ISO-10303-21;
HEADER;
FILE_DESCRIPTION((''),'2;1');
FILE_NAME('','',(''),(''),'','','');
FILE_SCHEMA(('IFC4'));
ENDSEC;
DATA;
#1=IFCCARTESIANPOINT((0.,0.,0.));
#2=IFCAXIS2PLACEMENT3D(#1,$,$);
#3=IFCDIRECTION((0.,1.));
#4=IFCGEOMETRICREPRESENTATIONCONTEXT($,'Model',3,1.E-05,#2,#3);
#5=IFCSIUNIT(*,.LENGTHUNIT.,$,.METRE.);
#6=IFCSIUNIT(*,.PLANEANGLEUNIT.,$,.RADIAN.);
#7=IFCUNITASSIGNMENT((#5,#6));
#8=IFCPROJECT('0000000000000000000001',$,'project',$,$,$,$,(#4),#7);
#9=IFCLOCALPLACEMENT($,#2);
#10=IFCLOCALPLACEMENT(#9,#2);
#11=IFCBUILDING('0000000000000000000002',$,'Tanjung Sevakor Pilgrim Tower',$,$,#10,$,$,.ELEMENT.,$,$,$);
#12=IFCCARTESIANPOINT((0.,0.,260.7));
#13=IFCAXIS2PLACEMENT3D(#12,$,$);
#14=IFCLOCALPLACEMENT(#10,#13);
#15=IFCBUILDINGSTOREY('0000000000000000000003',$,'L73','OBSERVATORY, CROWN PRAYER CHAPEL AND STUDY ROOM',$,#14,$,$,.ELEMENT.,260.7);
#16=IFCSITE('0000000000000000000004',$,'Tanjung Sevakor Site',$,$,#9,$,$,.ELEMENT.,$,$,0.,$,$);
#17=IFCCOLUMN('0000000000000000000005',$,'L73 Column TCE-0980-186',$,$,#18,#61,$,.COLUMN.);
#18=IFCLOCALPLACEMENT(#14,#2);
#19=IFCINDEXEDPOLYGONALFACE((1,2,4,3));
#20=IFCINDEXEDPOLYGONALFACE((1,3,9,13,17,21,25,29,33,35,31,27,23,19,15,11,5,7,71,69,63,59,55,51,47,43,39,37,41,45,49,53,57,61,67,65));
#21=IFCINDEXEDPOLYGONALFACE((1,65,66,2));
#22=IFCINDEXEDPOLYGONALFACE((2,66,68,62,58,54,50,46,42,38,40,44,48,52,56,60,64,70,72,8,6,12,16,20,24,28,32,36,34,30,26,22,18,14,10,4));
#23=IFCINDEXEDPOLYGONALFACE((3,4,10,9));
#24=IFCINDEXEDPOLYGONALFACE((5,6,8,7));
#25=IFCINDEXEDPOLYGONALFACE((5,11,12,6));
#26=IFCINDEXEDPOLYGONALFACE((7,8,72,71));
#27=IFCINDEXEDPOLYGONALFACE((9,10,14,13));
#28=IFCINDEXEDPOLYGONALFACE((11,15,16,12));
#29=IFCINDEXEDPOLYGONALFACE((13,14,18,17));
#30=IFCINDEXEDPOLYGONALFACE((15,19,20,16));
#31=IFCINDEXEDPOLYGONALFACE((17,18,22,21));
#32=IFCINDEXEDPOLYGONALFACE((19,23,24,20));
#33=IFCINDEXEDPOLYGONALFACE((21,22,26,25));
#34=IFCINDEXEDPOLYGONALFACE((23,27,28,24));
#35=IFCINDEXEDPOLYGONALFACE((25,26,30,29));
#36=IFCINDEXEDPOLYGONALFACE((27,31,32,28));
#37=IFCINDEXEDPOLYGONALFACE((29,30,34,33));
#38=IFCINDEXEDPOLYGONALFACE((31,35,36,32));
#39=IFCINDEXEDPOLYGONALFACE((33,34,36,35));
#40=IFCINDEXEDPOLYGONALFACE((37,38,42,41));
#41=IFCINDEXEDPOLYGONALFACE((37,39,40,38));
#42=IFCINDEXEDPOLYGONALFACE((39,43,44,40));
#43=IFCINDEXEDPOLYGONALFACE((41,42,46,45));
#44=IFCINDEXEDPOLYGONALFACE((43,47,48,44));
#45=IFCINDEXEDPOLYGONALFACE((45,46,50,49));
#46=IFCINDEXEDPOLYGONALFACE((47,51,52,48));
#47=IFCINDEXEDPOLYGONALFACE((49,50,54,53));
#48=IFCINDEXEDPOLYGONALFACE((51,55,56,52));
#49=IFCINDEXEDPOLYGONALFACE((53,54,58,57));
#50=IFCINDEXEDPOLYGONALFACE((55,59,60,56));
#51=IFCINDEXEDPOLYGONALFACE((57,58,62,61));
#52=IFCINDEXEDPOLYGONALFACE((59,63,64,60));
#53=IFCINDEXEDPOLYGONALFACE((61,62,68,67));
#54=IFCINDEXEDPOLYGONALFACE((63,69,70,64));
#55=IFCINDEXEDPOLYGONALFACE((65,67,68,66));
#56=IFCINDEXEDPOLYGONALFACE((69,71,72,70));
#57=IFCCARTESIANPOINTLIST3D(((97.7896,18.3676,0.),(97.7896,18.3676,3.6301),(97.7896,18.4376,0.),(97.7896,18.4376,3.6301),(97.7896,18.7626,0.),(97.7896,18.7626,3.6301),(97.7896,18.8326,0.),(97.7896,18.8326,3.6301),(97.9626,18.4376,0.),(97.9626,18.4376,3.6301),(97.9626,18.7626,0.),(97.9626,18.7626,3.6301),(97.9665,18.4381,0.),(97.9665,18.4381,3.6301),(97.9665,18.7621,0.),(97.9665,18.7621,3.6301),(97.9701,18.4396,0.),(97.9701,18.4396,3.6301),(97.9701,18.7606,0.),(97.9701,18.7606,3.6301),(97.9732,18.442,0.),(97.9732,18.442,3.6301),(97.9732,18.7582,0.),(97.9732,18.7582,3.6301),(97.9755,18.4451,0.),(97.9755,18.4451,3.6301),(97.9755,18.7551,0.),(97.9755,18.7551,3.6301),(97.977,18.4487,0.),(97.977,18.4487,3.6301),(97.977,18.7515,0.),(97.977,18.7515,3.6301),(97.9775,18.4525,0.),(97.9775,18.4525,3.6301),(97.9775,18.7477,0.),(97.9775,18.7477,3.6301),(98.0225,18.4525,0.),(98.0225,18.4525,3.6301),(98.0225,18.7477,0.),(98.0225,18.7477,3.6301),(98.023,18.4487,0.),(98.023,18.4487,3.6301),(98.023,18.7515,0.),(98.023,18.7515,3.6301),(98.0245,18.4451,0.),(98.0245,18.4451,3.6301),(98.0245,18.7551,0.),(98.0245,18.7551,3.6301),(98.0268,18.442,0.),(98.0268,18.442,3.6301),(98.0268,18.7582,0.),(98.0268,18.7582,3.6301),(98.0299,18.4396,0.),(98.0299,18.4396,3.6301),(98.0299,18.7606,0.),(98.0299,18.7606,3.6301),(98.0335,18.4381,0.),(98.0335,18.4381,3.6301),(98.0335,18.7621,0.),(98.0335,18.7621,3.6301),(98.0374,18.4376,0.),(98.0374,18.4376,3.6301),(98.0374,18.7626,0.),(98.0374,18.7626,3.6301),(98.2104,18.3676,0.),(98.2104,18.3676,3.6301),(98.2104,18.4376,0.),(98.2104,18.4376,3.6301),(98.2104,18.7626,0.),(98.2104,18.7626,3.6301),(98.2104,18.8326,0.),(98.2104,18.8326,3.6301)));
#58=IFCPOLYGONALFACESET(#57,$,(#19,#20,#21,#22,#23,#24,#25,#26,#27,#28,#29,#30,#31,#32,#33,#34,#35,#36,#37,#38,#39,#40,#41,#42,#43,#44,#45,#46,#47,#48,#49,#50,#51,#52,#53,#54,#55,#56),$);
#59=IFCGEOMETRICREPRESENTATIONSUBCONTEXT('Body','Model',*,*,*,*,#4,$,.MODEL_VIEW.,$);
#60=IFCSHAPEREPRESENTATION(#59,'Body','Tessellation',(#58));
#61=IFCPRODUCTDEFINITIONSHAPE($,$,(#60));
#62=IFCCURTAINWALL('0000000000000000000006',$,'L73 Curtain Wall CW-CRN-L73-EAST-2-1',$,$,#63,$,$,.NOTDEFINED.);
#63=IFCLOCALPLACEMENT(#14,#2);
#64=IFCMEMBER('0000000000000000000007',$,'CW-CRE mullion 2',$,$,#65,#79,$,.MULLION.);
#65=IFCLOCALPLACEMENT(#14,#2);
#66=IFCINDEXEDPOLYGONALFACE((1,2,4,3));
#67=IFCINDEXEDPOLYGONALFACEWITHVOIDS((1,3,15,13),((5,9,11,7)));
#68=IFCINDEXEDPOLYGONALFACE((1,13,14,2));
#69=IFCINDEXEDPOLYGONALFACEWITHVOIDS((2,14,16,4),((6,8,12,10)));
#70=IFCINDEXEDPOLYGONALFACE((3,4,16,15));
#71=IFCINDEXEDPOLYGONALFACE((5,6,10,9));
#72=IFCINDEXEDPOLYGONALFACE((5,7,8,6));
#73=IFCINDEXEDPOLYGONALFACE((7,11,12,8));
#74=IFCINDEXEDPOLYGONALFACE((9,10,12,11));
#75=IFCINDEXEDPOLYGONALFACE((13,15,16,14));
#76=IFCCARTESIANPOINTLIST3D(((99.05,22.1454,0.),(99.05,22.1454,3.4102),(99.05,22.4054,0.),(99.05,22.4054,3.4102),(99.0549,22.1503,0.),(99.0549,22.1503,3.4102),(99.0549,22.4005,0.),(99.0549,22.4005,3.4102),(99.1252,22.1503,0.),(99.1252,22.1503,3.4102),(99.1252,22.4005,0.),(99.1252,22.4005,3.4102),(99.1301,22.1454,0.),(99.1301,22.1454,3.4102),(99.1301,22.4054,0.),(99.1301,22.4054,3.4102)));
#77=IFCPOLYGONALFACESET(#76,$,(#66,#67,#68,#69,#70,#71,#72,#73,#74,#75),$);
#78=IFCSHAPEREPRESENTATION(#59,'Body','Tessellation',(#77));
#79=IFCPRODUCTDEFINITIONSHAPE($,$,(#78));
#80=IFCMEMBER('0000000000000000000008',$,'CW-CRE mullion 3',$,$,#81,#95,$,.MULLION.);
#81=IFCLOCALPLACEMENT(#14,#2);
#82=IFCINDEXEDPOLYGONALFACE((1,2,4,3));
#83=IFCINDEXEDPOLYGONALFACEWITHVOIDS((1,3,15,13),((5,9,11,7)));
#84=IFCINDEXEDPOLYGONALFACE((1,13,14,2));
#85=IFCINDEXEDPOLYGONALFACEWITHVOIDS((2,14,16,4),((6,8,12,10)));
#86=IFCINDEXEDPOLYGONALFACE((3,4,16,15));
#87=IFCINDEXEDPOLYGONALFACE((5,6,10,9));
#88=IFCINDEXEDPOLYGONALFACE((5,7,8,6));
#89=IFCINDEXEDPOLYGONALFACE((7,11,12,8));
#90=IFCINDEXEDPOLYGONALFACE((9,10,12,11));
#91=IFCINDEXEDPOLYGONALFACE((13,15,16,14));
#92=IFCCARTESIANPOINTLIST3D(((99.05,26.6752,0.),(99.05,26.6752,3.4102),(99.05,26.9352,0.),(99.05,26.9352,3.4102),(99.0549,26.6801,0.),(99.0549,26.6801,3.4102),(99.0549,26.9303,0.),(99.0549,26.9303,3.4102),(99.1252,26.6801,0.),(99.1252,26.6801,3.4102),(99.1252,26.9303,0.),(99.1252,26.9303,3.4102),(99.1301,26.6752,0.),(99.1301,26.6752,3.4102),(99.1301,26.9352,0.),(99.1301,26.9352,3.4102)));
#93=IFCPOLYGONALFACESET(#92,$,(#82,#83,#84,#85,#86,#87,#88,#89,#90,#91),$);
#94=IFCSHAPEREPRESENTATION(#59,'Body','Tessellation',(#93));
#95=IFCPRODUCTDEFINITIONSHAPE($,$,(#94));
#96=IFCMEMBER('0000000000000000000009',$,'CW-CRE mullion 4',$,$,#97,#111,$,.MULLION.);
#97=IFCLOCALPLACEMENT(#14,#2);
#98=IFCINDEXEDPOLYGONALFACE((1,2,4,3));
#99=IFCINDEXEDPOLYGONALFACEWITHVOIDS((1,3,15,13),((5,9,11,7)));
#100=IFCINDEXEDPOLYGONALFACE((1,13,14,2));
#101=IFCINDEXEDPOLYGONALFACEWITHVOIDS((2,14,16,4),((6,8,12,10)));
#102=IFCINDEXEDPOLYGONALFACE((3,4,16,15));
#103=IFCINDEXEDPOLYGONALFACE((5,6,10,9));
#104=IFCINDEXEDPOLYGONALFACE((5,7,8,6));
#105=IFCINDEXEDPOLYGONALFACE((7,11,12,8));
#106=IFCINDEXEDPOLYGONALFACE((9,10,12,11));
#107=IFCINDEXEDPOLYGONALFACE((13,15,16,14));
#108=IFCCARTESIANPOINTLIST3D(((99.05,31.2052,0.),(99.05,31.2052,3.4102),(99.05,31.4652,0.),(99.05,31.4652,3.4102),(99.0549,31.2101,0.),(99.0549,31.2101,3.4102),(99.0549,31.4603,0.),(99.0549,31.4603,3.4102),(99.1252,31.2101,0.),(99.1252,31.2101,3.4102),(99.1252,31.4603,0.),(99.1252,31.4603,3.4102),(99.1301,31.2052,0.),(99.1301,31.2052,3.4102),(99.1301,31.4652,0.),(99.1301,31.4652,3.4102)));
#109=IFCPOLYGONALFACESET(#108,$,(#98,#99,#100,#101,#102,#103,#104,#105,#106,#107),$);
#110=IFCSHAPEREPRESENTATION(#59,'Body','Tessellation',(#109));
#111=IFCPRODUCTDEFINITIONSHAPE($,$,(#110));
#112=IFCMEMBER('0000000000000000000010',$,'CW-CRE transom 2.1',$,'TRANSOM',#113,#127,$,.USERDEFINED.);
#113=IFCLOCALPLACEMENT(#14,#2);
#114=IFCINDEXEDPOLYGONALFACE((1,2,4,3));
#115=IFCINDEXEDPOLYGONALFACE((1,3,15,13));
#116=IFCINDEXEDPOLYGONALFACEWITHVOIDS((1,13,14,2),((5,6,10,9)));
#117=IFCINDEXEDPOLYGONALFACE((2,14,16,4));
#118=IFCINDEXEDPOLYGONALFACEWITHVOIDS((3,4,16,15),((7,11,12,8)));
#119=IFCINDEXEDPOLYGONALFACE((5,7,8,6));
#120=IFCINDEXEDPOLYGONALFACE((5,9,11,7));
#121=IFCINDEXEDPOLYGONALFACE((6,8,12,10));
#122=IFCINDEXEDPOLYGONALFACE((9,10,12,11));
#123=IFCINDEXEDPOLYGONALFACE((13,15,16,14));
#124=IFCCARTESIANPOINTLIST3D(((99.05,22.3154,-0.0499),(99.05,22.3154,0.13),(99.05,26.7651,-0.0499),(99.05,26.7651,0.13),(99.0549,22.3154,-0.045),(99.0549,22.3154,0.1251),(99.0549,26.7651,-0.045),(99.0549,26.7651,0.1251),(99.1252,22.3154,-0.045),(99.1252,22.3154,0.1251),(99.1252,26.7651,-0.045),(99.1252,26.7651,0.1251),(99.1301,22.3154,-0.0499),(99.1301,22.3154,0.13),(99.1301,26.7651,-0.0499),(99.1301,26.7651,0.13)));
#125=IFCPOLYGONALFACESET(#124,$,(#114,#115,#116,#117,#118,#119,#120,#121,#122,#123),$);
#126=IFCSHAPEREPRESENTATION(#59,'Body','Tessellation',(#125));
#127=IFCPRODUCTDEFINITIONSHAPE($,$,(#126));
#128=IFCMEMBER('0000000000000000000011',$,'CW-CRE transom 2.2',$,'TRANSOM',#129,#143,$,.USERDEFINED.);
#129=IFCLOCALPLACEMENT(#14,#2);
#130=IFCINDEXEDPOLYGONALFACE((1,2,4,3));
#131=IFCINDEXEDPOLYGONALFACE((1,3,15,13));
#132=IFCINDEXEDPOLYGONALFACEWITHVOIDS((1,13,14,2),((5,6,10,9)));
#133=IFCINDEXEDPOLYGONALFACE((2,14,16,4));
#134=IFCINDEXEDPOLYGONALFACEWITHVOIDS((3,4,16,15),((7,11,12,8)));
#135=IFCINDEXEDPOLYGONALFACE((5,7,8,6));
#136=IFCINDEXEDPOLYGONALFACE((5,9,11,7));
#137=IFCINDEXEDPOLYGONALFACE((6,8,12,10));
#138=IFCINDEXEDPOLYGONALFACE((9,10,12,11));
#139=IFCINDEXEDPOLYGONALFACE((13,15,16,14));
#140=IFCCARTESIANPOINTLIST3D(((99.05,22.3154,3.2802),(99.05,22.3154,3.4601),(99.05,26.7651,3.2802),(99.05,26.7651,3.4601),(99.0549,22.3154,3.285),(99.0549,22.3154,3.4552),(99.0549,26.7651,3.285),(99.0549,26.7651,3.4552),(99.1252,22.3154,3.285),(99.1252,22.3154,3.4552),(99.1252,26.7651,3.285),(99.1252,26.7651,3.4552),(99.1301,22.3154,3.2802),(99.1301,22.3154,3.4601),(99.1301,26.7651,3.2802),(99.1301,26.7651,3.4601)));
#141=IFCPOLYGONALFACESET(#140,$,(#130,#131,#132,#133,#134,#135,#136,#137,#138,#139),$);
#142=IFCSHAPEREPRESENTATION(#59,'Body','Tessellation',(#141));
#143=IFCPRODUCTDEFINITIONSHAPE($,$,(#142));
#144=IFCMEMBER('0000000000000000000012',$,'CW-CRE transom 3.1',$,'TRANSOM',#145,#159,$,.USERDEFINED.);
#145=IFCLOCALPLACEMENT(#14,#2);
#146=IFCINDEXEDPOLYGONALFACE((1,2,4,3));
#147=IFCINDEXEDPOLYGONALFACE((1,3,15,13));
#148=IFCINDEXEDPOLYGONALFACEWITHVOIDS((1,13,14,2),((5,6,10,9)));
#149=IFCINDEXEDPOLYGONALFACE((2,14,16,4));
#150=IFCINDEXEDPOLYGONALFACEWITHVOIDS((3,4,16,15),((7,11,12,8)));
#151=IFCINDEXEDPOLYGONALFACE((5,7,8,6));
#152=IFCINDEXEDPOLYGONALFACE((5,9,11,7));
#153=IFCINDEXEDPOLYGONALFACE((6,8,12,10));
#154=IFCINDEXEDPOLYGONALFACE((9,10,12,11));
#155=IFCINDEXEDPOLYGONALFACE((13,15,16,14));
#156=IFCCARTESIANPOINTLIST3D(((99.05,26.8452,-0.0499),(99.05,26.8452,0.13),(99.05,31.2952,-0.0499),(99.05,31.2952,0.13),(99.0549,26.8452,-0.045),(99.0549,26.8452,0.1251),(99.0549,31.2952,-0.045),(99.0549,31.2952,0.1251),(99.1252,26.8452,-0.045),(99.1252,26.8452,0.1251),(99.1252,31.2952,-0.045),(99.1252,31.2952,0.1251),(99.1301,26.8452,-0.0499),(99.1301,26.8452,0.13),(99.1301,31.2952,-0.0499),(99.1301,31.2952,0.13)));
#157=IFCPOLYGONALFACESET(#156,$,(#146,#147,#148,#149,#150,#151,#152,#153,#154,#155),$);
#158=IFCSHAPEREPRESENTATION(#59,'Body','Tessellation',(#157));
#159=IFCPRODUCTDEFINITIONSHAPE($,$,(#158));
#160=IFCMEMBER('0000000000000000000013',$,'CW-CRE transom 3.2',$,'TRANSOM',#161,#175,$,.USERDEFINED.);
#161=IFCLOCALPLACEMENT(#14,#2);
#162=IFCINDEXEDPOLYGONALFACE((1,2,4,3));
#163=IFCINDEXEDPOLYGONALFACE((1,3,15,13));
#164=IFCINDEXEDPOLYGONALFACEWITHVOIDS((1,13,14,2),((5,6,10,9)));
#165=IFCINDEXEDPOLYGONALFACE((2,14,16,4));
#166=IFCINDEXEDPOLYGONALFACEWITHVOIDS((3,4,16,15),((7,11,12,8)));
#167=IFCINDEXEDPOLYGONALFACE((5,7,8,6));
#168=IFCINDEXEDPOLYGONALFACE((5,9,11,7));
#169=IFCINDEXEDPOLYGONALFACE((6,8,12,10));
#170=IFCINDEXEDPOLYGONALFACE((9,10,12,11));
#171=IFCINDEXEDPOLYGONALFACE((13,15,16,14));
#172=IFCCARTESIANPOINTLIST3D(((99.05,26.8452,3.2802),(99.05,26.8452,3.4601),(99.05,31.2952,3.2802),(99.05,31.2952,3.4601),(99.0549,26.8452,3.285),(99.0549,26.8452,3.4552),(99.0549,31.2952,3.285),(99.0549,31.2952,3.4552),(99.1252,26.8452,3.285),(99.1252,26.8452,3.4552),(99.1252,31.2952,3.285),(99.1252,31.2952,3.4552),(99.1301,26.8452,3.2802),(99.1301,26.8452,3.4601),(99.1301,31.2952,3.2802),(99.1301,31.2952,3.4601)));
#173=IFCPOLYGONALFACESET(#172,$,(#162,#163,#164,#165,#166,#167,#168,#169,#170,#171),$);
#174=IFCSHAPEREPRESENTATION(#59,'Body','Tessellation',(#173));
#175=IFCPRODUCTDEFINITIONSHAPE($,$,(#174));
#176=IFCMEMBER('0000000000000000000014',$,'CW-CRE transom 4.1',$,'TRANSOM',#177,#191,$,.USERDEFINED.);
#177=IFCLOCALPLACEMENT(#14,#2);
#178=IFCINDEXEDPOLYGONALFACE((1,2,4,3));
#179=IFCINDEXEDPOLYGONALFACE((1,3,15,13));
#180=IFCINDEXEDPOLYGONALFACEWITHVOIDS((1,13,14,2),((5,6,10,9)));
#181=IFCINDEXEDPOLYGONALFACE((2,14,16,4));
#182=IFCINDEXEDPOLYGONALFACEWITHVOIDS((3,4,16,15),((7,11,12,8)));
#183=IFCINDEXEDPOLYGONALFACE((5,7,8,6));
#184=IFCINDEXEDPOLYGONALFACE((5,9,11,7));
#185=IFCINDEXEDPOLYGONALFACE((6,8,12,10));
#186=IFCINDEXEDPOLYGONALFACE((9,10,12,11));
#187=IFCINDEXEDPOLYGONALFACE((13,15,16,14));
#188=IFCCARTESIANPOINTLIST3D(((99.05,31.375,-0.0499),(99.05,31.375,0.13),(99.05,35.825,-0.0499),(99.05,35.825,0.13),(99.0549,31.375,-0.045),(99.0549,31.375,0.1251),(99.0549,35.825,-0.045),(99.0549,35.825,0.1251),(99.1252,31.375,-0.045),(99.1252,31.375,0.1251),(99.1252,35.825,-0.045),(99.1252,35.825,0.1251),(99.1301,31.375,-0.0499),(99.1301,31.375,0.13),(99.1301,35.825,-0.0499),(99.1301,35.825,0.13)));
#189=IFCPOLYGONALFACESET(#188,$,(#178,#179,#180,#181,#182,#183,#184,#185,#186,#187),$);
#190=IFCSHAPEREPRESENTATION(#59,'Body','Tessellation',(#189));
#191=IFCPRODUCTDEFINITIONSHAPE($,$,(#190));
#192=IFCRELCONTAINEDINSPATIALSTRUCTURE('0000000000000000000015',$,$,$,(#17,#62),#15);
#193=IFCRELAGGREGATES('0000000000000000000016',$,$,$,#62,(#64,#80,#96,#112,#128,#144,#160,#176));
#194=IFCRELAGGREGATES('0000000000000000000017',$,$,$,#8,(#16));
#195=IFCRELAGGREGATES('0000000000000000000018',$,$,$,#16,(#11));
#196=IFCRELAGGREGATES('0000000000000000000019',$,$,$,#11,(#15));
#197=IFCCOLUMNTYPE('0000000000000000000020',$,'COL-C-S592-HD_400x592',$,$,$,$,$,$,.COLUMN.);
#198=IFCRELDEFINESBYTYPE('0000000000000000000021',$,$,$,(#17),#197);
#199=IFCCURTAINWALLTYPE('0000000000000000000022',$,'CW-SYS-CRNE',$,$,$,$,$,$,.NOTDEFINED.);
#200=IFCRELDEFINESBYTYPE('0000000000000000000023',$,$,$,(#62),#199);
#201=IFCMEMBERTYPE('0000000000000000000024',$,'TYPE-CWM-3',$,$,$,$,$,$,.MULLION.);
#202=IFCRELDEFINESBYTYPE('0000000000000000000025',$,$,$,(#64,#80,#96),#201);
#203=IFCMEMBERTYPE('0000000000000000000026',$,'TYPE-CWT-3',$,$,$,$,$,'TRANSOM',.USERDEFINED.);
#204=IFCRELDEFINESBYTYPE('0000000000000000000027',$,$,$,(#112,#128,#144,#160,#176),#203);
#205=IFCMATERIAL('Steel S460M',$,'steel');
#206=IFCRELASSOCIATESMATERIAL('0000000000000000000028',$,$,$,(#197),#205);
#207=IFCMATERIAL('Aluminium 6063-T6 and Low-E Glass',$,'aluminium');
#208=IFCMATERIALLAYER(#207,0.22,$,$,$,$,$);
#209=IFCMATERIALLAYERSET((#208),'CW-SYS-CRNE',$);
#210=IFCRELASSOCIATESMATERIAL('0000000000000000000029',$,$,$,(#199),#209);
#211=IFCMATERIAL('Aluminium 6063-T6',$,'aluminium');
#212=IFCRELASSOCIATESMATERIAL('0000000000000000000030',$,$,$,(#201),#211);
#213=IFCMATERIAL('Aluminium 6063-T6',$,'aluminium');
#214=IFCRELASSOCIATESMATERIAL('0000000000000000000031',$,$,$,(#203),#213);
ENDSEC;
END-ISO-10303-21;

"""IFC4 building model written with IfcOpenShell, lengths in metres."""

from ifc_helpers import new_model, si_unit, direction, frame, origin, origin_2d, place, context, subcontext, project, spatial, hollow_rectangle, i_section, extrude, material, layer, layer_set, material_profile, profile_set, type_object, element, aggregate, save


model = new_model("IFC4")

# Units and contexts
model_context = context("Model", 3, precision=1e-05, world=origin(), true_north=direction((0.0, 1.0)))
body_context = subcontext(model_context, "Body", "Model", "MODEL_VIEW")
ifc_project = project(units=[si_unit("LENGTHUNIT", "METRE"), si_unit("PLANEANGLEUNIT", "RADIAN")], contexts=[model_context])

# Site, building, storey
site_placement = place(None, origin())
site = spatial("IfcSite", under=ifc_project, at=site_placement, Name="Tanjung Sevakor Site", CompositionType="ELEMENT", RefElevation=0.0)
building_placement = place(site_placement, origin())
building = spatial("IfcBuilding", under=site, at=building_placement, Name="Tanjung Sevakor Pilgrim Tower", CompositionType="ELEMENT")
storey_placement = place(building_placement, frame((0.0, 0.0, 260.7)))
storey = spatial("IfcBuildingStorey", under=building, at=storey_placement, Name="L73", Description="OBSERVATORY, CROWN PRAYER CHAPEL AND STUDY ROOM", CompositionType="ELEMENT", Elevation=260.7)

# Column
ifc_material_1 = material(Name="Steel S460M", Category="steel")
ifc_material_profile_1 = material_profile(ifc_material_1, i_section(OverallWidth=0.4209, OverallDepth=0.4651, WebThickness=0.0449, FlangeThickness=0.0701, FilletRadius=0.0149, at=origin_2d()))
ifc_profile_set_1 = profile_set([ifc_material_profile_1], Name="Steel S460M")
column_type = type_object("IfcColumnType", Name="COL-C-S592-HD_400x592", PredefinedType="COLUMN", material=ifc_profile_set_1)
column_placement = place(storey_placement, frame((98.0, 18.6001, 0.0), z_axis=(0.0, 0.0, 1.0), x_axis=(1.0, 0.0, 0.0)))
element("IfcColumn", 1, at=column_placement, inside=storey, type_object=column_type, Name="L73 Column TCE-0980-186", PredefinedType="COLUMN", context=body_context, shape_type="SweptSolid", body=[
    extrude(i_section(OverallWidth=0.4209, OverallDepth=0.4651, WebThickness=0.0449, FlangeThickness=0.0701, FilletRadius=0.0149, at=origin_2d()), origin(), (0.0, 0.0, 1.0), 3.6301),
])

# Curtain wall, members
ifc_material_2 = material(Name="Aluminium 6063-T6 and Low-E Glass", Category="aluminium")
ifc_layer_1 = layer(ifc_material_2, 0.22)
ifc_layer_set_1 = layer_set([ifc_layer_1], Name="CW-SYS-CRNE")
curtain_wall_type = type_object("IfcCurtainWallType", Name="CW-SYS-CRNE", PredefinedType="NOTDEFINED", material=ifc_layer_set_1)
curtain_wall_placement = place(storey_placement, origin())
curtain_wall = element("IfcCurtainWall", 2, at=curtain_wall_placement, inside=storey, type_object=curtain_wall_type, Name="L73 Curtain Wall CW-CRN-L73-EAST-2-1", PredefinedType="NOTDEFINED")
ifc_material_3 = material(Name="Aluminium 6063-T6", Category="aluminium")
ifc_material_profile_2 = material_profile(ifc_material_3, hollow_rectangle(XDim=0.0801, YDim=0.26, WallThickness=0.0049, at=origin_2d()))
ifc_profile_set_2 = profile_set([ifc_material_profile_2], Name="Aluminium 6063-T6")
member_type_1 = type_object("IfcMemberType", Name="TYPE-CWM-3", PredefinedType="MULLION", material=ifc_profile_set_2)
member_1_placement = place(storey_placement, frame((99.0901, 22.2754, 0.0), z_axis=(0.0, 0.0, 1.0), x_axis=(-1.0, 0.0, 0.0)))
member_1 = element("IfcMember", 3, at=member_1_placement, type_object=member_type_1, Name="CW-CRE mullion 2", PredefinedType="MULLION", context=body_context, shape_type="SweptSolid", body=[
    extrude(hollow_rectangle(XDim=0.0801, YDim=0.26, WallThickness=0.0049, at=origin_2d()), origin(), (0.0, 0.0, 1.0), 3.4102),
])
member_2_placement = place(storey_placement, frame((99.0901, 26.8052, 0.0), z_axis=(0.0, 0.0, 1.0), x_axis=(-1.0, 0.0, 0.0)))
member_2 = element("IfcMember", 4, at=member_2_placement, type_object=member_type_1, Name="CW-CRE mullion 3", PredefinedType="MULLION", context=body_context, shape_type="SweptSolid", body=[
    extrude(hollow_rectangle(XDim=0.0801, YDim=0.26, WallThickness=0.0049, at=origin_2d()), origin(), (0.0, 0.0, 1.0), 3.4102),
])
member_3_placement = place(storey_placement, frame((99.0901, 31.3352, 0.0), z_axis=(0.0, 0.0, 1.0), x_axis=(-1.0, 0.0, 0.0)))
member_3 = element("IfcMember", 5, at=member_3_placement, type_object=member_type_1, Name="CW-CRE mullion 4", PredefinedType="MULLION", context=body_context, shape_type="SweptSolid", body=[
    extrude(hollow_rectangle(XDim=0.0801, YDim=0.26, WallThickness=0.0049, at=origin_2d()), origin(), (0.0, 0.0, 1.0), 3.4102),
])
ifc_material_4 = material(Name="Aluminium 6063-T6", Category="aluminium")
ifc_material_profile_3 = material_profile(ifc_material_4, hollow_rectangle(XDim=0.0801, YDim=0.1799, WallThickness=0.0049, at=origin_2d()))
ifc_profile_set_3 = profile_set([ifc_material_profile_3], Name="Aluminium 6063-T6")
member_type_2 = type_object("IfcMemberType", Name="TYPE-CWT-3", ElementType="TRANSOM", PredefinedType="USERDEFINED", material=ifc_profile_set_3)
member_4_placement = place(storey_placement, frame((99.0901, 22.3154, 0.04), z_axis=(0.0, 1.0, 0.0), x_axis=(-1.0, 0.0, 0.0)))
member_4 = element("IfcMember", 6, at=member_4_placement, type_object=member_type_2, Name="CW-CRE transom 2.1", ObjectType="TRANSOM", PredefinedType="USERDEFINED", context=body_context, shape_type="SweptSolid", body=[
    extrude(hollow_rectangle(XDim=0.0801, YDim=0.1799, WallThickness=0.0049, at=origin_2d()), origin(), (0.0, 0.0, 1.0), 4.4497),
])
member_5_placement = place(storey_placement, frame((99.0901, 22.3154, 3.3701), z_axis=(0.0, 1.0, 0.0), x_axis=(-1.0, 0.0, 0.0)))
member_5 = element("IfcMember", 7, at=member_5_placement, type_object=member_type_2, Name="CW-CRE transom 2.2", ObjectType="TRANSOM", PredefinedType="USERDEFINED", context=body_context, shape_type="SweptSolid", body=[
    extrude(hollow_rectangle(XDim=0.0801, YDim=0.1799, WallThickness=0.0049, at=origin_2d()), origin(), (0.0, 0.0, 1.0), 4.4497),
])
member_6_placement = place(storey_placement, frame((99.0901, 26.8452, 0.04), z_axis=(0.0, 1.0, 0.0), x_axis=(-1.0, 0.0, 0.0)))
member_6 = element("IfcMember", 8, at=member_6_placement, type_object=member_type_2, Name="CW-CRE transom 3.1", ObjectType="TRANSOM", PredefinedType="USERDEFINED", context=body_context, shape_type="SweptSolid", body=[
    extrude(hollow_rectangle(XDim=0.0801, YDim=0.1799, WallThickness=0.0049, at=origin_2d()), origin(), (0.0, 0.0, 1.0), 4.45),
])
member_7_placement = place(storey_placement, frame((99.0901, 26.8452, 3.3701), z_axis=(0.0, 1.0, 0.0), x_axis=(-1.0, 0.0, 0.0)))
member_7 = element("IfcMember", 9, at=member_7_placement, type_object=member_type_2, Name="CW-CRE transom 3.2", ObjectType="TRANSOM", PredefinedType="USERDEFINED", context=body_context, shape_type="SweptSolid", body=[
    extrude(hollow_rectangle(XDim=0.0801, YDim=0.1799, WallThickness=0.0049, at=origin_2d()), origin(), (0.0, 0.0, 1.0), 4.45),
])
member_8_placement = place(storey_placement, frame((99.0901, 31.375, 0.04), z_axis=(0.0, 1.0, 0.0), x_axis=(-1.0, 0.0, 0.0)))
member_8 = element("IfcMember", 10, at=member_8_placement, type_object=member_type_2, Name="CW-CRE transom 4.1", ObjectType="TRANSOM", PredefinedType="USERDEFINED", context=body_context, shape_type="SweptSolid", body=[
    extrude(hollow_rectangle(XDim=0.0801, YDim=0.1799, WallThickness=0.0049, at=origin_2d()), origin(), (0.0, 0.0, 1.0), 4.45),
])
aggregate(curtain_wall, [member_1, member_2, member_3, member_4, member_5, member_6, member_7, member_8])

save(model, "model.ifc")
